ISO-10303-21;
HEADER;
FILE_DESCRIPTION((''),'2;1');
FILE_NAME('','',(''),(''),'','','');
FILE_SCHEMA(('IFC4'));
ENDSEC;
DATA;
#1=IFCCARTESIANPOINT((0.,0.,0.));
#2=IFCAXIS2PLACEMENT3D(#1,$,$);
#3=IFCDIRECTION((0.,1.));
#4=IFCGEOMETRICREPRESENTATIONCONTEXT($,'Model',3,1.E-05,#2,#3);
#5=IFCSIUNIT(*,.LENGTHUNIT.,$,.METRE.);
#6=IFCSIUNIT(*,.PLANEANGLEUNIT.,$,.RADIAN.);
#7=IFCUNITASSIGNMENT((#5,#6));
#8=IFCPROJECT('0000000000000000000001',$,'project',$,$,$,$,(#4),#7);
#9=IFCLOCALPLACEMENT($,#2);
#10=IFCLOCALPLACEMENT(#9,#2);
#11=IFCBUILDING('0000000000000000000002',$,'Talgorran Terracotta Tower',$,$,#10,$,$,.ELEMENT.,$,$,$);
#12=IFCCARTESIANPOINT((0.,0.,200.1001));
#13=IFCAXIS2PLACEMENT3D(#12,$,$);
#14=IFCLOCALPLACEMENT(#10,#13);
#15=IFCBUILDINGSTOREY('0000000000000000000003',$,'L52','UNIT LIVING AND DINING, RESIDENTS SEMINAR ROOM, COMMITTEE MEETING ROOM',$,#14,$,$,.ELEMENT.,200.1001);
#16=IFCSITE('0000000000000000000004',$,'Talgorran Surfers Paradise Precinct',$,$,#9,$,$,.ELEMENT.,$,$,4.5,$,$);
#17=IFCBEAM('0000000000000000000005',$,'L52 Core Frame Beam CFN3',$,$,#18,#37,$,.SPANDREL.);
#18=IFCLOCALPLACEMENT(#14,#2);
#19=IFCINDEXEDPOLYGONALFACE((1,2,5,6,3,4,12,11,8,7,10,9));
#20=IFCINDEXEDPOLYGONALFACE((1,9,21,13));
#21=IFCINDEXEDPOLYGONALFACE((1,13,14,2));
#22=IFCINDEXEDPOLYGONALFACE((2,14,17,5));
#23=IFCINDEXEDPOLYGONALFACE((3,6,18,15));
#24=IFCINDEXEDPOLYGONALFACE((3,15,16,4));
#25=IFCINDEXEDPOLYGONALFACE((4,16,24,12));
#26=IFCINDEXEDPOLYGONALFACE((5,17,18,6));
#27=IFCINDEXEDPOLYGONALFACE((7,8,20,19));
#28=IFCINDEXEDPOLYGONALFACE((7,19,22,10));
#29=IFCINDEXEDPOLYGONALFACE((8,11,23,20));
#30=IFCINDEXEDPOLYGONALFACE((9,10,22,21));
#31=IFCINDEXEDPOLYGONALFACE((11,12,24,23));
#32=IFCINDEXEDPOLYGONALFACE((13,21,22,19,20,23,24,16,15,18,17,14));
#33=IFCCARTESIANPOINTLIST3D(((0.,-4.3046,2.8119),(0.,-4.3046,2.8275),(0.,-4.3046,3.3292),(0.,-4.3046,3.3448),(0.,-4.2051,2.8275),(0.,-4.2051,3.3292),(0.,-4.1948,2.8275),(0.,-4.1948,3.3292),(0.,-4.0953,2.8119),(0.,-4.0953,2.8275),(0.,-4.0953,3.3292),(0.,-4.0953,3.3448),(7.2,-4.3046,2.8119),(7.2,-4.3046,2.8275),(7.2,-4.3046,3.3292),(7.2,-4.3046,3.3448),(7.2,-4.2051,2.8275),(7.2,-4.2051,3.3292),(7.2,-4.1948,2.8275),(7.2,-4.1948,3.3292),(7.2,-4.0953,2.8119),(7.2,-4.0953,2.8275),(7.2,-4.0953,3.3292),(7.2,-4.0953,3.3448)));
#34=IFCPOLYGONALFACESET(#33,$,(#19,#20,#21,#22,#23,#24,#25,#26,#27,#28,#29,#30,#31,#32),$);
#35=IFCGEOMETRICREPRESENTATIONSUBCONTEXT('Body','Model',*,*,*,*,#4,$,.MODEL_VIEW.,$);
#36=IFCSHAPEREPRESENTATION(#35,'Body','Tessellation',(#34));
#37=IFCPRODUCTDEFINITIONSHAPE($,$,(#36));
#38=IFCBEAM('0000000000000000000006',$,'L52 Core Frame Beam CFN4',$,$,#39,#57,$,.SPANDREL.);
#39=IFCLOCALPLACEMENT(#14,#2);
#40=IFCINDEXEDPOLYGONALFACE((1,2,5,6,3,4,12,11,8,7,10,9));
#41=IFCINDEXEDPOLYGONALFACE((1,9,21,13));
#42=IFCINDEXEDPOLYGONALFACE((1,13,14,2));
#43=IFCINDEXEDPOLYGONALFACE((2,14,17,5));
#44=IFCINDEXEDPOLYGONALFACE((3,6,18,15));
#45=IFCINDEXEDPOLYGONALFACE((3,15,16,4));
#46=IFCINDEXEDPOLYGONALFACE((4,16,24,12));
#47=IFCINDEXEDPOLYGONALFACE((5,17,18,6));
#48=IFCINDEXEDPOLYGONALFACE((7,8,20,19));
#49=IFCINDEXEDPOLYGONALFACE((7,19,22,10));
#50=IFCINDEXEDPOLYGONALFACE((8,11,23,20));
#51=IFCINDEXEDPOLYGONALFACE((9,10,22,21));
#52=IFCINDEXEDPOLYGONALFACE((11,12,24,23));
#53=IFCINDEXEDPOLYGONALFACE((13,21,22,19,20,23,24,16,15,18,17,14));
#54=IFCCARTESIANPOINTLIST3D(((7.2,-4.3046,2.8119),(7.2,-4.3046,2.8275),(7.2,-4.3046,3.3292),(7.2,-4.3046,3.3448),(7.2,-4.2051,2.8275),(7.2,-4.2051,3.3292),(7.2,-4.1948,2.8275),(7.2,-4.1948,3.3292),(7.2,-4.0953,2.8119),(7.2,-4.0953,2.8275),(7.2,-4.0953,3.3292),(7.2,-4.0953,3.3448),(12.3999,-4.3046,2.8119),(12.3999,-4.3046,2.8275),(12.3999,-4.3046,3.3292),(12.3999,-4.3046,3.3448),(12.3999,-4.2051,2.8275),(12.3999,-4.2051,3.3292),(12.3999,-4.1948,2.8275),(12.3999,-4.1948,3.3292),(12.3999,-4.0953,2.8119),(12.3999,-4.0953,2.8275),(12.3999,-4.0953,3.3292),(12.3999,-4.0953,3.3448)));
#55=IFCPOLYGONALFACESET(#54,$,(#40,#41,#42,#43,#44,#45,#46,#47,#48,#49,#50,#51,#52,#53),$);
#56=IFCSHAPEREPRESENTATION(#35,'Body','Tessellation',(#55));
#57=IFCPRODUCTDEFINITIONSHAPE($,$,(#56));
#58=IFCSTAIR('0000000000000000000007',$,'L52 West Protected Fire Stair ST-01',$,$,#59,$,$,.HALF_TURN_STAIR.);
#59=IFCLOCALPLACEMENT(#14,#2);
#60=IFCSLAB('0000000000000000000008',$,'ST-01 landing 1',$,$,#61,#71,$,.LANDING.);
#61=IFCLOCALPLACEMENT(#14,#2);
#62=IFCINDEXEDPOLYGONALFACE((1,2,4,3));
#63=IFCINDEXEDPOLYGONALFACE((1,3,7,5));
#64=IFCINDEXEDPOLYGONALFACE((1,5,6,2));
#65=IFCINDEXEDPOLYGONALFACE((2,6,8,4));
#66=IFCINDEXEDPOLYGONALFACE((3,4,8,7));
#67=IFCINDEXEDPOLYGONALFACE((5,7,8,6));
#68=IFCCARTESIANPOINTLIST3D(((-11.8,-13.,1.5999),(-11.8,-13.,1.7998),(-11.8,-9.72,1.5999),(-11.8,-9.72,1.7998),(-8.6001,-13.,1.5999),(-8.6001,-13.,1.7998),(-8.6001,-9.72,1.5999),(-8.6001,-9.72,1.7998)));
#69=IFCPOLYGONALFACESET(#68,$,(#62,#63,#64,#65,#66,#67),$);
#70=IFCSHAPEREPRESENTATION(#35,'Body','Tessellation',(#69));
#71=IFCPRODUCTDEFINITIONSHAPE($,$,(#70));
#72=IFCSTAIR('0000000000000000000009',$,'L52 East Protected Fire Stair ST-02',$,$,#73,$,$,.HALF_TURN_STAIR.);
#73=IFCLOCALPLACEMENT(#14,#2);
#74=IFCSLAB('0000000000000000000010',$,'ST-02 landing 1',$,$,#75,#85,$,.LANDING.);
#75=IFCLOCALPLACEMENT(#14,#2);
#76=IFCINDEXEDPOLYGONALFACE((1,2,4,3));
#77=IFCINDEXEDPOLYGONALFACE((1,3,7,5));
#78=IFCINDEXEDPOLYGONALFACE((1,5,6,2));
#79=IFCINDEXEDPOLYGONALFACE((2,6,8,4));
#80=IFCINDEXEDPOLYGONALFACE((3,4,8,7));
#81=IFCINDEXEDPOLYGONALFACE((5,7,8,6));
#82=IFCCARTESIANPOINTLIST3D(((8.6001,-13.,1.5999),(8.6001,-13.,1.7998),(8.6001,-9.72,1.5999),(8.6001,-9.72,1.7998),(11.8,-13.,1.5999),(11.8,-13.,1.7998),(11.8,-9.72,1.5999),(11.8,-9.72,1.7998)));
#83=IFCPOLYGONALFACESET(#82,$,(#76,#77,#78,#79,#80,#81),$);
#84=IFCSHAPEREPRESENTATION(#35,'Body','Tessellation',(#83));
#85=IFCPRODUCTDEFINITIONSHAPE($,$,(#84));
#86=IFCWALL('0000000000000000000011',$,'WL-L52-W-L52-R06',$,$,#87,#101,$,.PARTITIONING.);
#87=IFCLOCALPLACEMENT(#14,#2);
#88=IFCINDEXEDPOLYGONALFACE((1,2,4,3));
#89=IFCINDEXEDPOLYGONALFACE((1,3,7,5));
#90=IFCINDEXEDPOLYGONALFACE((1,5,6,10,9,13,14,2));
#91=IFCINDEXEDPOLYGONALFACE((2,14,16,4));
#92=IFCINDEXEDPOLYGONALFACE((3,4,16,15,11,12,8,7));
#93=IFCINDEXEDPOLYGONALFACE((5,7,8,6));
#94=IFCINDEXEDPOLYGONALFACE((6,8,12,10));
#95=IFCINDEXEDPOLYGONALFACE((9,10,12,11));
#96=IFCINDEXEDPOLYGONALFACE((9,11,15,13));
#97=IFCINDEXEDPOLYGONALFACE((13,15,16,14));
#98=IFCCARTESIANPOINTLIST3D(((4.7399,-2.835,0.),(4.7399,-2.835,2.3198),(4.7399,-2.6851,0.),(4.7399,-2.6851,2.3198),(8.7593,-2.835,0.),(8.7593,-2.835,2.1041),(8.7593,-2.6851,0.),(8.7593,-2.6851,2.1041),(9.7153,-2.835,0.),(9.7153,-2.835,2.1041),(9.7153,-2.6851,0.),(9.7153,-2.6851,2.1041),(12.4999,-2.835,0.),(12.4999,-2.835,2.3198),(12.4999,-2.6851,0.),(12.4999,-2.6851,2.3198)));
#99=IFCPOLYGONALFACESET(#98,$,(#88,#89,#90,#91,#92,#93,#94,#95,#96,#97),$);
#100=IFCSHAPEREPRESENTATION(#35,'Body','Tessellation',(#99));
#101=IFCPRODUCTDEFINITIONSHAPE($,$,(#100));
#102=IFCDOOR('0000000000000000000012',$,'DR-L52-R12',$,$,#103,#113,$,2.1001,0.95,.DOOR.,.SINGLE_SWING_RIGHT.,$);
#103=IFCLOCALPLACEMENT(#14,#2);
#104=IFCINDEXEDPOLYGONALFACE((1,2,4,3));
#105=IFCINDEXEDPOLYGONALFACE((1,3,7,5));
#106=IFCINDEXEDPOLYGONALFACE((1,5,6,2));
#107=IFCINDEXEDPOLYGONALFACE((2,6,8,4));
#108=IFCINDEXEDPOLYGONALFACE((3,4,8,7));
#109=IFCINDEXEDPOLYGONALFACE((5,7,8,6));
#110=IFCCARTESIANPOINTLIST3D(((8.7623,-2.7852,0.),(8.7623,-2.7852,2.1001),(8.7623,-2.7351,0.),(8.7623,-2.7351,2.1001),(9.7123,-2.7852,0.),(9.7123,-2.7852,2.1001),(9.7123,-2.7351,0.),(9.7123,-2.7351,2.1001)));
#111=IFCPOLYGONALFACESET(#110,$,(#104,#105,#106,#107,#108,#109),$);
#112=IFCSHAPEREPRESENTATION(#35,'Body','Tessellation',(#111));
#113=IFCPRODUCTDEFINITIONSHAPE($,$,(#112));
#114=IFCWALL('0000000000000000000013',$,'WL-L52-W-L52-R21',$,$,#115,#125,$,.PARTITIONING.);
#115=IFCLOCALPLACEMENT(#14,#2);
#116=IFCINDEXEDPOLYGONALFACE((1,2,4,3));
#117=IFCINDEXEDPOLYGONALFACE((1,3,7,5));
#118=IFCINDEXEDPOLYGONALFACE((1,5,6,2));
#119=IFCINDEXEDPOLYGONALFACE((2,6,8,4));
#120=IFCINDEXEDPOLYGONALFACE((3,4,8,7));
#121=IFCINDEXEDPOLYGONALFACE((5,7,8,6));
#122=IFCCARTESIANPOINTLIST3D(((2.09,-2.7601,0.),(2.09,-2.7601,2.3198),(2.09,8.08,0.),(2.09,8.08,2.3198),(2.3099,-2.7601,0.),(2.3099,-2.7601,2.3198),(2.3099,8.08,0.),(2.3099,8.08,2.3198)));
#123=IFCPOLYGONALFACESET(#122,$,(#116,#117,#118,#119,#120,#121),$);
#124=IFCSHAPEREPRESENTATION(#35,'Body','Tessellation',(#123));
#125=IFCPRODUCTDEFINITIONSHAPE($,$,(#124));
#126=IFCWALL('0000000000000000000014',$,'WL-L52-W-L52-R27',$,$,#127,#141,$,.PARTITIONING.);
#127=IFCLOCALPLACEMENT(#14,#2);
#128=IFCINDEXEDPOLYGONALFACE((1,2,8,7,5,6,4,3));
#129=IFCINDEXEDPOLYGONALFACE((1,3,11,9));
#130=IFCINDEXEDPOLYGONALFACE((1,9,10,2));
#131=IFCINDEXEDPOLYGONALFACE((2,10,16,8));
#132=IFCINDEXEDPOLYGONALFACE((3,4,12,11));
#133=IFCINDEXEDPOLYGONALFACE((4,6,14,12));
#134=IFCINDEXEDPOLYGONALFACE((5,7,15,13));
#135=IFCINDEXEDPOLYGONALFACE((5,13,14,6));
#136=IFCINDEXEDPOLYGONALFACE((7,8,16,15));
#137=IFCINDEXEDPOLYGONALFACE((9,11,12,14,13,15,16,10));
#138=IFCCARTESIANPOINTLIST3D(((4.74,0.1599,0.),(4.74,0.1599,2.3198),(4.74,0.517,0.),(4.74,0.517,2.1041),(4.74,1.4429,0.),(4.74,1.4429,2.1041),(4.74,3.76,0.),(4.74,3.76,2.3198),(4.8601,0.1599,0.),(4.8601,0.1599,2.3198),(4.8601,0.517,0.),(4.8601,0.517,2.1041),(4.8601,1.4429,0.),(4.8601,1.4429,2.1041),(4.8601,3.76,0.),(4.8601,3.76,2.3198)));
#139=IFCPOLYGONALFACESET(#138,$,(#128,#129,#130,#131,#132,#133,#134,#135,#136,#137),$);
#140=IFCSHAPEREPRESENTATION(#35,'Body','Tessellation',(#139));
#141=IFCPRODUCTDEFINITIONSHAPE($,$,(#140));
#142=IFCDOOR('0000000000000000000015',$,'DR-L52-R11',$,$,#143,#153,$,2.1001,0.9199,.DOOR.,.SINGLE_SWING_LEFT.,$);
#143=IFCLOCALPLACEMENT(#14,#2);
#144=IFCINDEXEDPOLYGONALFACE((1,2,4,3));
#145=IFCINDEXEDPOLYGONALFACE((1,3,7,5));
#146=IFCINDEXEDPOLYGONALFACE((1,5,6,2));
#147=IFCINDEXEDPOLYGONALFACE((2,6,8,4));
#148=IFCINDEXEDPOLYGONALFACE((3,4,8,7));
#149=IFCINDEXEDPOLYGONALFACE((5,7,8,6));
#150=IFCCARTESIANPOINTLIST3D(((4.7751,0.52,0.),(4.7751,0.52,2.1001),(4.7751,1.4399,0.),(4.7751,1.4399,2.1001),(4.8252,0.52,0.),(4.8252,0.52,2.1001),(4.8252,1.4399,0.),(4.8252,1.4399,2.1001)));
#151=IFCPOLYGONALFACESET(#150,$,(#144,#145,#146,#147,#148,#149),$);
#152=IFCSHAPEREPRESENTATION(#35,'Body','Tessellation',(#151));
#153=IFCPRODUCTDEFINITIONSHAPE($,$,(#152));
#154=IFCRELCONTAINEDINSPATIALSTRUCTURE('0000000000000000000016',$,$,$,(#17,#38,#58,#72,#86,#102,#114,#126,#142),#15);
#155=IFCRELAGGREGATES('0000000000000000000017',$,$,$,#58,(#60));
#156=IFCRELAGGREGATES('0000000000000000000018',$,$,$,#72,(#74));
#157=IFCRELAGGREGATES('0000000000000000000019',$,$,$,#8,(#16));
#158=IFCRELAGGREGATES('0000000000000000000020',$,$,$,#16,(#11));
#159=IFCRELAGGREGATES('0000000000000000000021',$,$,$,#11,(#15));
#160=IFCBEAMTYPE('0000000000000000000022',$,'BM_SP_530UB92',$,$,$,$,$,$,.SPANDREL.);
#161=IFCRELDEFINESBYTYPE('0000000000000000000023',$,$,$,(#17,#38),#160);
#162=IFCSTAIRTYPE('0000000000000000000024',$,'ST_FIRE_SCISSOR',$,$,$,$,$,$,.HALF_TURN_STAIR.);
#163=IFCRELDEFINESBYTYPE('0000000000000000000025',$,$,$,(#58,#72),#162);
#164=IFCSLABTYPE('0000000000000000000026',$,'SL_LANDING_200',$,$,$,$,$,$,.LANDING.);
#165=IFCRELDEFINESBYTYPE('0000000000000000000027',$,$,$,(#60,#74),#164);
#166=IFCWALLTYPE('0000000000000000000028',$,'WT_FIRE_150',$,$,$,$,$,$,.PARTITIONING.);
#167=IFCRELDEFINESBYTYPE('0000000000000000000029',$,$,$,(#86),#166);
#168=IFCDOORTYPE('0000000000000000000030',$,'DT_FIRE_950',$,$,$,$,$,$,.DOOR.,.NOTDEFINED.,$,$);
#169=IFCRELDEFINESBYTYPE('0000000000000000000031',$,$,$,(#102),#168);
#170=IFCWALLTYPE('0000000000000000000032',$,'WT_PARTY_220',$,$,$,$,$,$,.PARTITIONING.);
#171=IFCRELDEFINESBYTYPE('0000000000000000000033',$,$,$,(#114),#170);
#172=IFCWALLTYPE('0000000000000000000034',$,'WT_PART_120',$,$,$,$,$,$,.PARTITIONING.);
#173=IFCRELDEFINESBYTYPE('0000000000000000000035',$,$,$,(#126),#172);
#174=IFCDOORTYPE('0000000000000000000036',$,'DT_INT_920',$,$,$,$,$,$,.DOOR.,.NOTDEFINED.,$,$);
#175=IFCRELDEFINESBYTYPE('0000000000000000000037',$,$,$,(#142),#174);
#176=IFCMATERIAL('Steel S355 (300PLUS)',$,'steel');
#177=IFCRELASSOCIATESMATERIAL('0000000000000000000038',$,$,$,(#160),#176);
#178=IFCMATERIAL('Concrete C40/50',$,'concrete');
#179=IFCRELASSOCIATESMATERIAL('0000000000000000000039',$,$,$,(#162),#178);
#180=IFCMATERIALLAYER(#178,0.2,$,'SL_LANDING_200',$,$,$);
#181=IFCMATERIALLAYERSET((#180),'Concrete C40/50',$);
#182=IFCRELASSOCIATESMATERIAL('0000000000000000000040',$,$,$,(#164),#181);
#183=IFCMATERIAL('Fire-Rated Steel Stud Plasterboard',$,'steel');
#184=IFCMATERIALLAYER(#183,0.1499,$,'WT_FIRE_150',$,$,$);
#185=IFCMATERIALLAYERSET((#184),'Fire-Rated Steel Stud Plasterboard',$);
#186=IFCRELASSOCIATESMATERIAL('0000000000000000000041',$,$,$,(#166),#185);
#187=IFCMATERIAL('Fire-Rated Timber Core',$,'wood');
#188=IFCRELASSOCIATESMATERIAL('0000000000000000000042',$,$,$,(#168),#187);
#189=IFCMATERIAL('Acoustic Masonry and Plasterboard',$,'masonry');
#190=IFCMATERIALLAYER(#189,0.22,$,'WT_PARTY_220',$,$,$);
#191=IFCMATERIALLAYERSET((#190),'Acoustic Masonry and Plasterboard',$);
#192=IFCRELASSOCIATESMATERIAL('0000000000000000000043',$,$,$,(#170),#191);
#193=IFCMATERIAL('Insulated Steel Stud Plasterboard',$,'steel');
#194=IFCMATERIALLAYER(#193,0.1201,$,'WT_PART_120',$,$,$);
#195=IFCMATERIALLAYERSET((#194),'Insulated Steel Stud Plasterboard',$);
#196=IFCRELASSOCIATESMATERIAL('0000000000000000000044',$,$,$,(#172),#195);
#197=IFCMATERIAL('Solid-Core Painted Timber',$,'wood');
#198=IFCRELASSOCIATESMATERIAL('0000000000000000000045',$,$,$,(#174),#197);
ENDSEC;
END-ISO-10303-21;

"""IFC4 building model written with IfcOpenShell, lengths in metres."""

from ifc_helpers import new_model, si_unit, direction, frame, frame_2d, origin, origin_2d, place, context, subcontext, project, spatial, polyline, rectangle, i_section, outline, extrude, material, layer, layer_set, material_profile, profile_set, type_object, element, fill, aggregate, save


model = new_model("IFC4")

# Units and contexts
model_context = context("Model", 3, precision=1e-05, world=origin(), true_north=direction((0.0, 1.0)))
body_context = subcontext(model_context, "Body", "Model", "MODEL_VIEW")
ifc_project = project(units=[si_unit("LENGTHUNIT", "METRE"), si_unit("PLANEANGLEUNIT", "RADIAN")], contexts=[model_context])

# Site, building, storey
site_placement = place(None, origin())
site = spatial("IfcSite", under=ifc_project, at=site_placement, Name="Talgorran Surfers Paradise Precinct", CompositionType="ELEMENT", RefElevation=4.5)
building_placement = place(site_placement, origin())
building = spatial("IfcBuilding", under=site, at=building_placement, Name="Talgorran Terracotta Tower", CompositionType="ELEMENT")
storey_placement = place(building_placement, frame((0.0, 0.0, 200.1001)))
storey = spatial("IfcBuildingStorey", under=building, at=storey_placement, Name="L52", Description="UNIT LIVING AND DINING, RESIDENTS SEMINAR ROOM, COMMITTEE MEETING ROOM", CompositionType="ELEMENT", Elevation=200.1001)

# Shared definitions
ifc_material_1 = material(Name="Steel S355 (300PLUS)", Category="steel")

# Beams
ifc_material_profile_1 = material_profile(ifc_material_1, i_section(OverallWidth=0.2092, OverallDepth=0.533, WebThickness=0.0103, FlangeThickness=0.0156, at=origin_2d()), Name="530UB92.4")
ifc_profile_set_1 = profile_set([ifc_material_profile_1], Name="Steel S355 (300PLUS)")
beam_type_1 = type_object("IfcBeamType", Name="BM_SP_530UB92", PredefinedType="SPANDREL", material=ifc_profile_set_1)
beam_1_placement = place(storey_placement, frame((0.0, -4.2, 3.0784), z_axis=(1.0, 0.0, 0.0), x_axis=(0.0, 1.0, 0.0)))
element("IfcBeam", 1, at=beam_1_placement, inside=storey, type_object=beam_type_1, Name="L52 Core Frame Beam CFN3", PredefinedType="SPANDREL", context=body_context, shape_type="SweptSolid", body=[
    extrude(i_section(OverallWidth=0.2092, OverallDepth=0.533, WebThickness=0.0103, FlangeThickness=0.0156, at=origin_2d()), origin(), (0.0, 0.0, 1.0), 7.2),
])
beam_2_placement = place(storey_placement, frame((7.2, -4.2, 3.0784), z_axis=(1.0, 0.0, 0.0), x_axis=(0.0, 1.0, 0.0)))
element("IfcBeam", 2, at=beam_2_placement, inside=storey, type_object=beam_type_1, Name="L52 Core Frame Beam CFN4", PredefinedType="SPANDREL", context=body_context, shape_type="SweptSolid", body=[
    extrude(i_section(OverallWidth=0.2092, OverallDepth=0.533, WebThickness=0.0103, FlangeThickness=0.0156, at=origin_2d()), origin(), (0.0, 0.0, 1.0), 5.2),
])

# Stairs, slabs
ifc_material_2 = material(Name="Concrete C40/50", Category="concrete")
stair_type = type_object("IfcStairType", Name="ST_FIRE_SCISSOR", PredefinedType="HALF_TURN_STAIR", material=ifc_material_2)
stair_1_placement = place(storey_placement, origin())
stair_1 = element("IfcStair", 3, at=stair_1_placement, inside=storey, type_object=stair_type, Name="L52 West Protected Fire Stair ST-01", PredefinedType="HALF_TURN_STAIR")
ifc_layer_1 = layer(ifc_material_2, 0.2, Name="SL_LANDING_200")
ifc_layer_set_1 = layer_set([ifc_layer_1], Name="Concrete C40/50")
slab_type = type_object("IfcSlabType", Name="SL_LANDING_200", PredefinedType="LANDING", material=ifc_layer_set_1)
slab_1_placement = place(storey_placement, frame((0.0, 0.0, 1.5999)))
slab_1 = element("IfcSlab", 4, at=slab_1_placement, type_object=slab_type, Name="ST-01 landing 1", PredefinedType="LANDING", context=body_context, shape_type="SweptSolid", body=[
    extrude(outline(polyline([(-11.8, -9.72), (-11.8, -13.0), (-8.6001, -13.0), (-8.6001, -9.72), (-11.8, -9.72)])), origin(), (0.0, 0.0, 1.0), 0.2),
])
aggregate(stair_1, [slab_1])
stair_2_placement = place(storey_placement, origin())
stair_2 = element("IfcStair", 5, at=stair_2_placement, inside=storey, type_object=stair_type, Name="L52 East Protected Fire Stair ST-02", PredefinedType="HALF_TURN_STAIR")
slab_2_placement = place(storey_placement, frame((0.0, 0.0, 1.5999)))
slab_2 = element("IfcSlab", 6, at=slab_2_placement, type_object=slab_type, Name="ST-02 landing 1", PredefinedType="LANDING", context=body_context, shape_type="SweptSolid", body=[
    extrude(outline(polyline([(8.6001, -9.72), (8.6001, -13.0), (11.8, -13.0), (11.8, -9.72), (8.6001, -9.72)])), origin(), (0.0, 0.0, 1.0), 0.2),
])
aggregate(stair_2, [slab_2])

# Wall, opening, door
ifc_material_3 = material(Name="Fire-Rated Steel Stud Plasterboard", Category="steel")
ifc_layer_2 = layer(ifc_material_3, 0.1499, Name="WT_FIRE_150")
ifc_layer_set_2 = layer_set([ifc_layer_2], Name="Fire-Rated Steel Stud Plasterboard")
wall_type_1 = type_object("IfcWallType", Name="WT_FIRE_150", PredefinedType="PARTITIONING", material=ifc_layer_set_2)
wall_1_placement = place(storey_placement, frame((4.74, -2.76, 0.0), z_axis=(0.0, 0.0, 1.0), x_axis=(1.0, 0.0, 0.0)))
wall_1 = element("IfcWall", 7, at=wall_1_placement, inside=storey, type_object=wall_type_1, Name="WL-L52-W-L52-R06", PredefinedType="PARTITIONING", context=body_context, shape_type="SweptSolid", body=[
    extrude(rectangle(XDim=7.76, YDim=0.1499, at=frame_2d((3.8799, 0.0))), origin(), (0.0, 0.0, 1.0), 2.3198),
])
opening_1_placement = place(wall_1_placement, frame((4.0222, 0.0, 0.0)))
opening_1 = element("IfcOpeningElement", 8, at=opening_1_placement, cuts=wall_1, PredefinedType="OPENING", context=body_context, shape_type="SweptSolid", body=[
    extrude(rectangle(XDim=0.956, YDim=2.1041, at=frame_2d((0.4751, 1.052))), frame((0.0, 0.085, 0.0), z_axis=(0.0, -1.0, 0.0), x_axis=(1.0, 0.0, 0.0)), (0.0, 0.0, 1.0), 0.1699),
])
ifc_material_4 = material(Name="Fire-Rated Timber Core", Category="wood")
door_type_1 = type_object("IfcDoorType", Name="DT_FIRE_950", OperationType="NOTDEFINED", PredefinedType="DOOR", material=ifc_material_4)
door_1_placement = place(opening_1_placement, origin())
door_1 = element("IfcDoor", 9, at=door_1_placement, inside=storey, type_object=door_type_1, Name="DR-L52-R12", OperationType="SINGLE_SWING_RIGHT", OverallHeight=2.1001, OverallWidth=0.95, PredefinedType="DOOR", context=body_context, shape_type="SweptSolid", body=[
    extrude(rectangle(XDim=0.95, YDim=2.1001, at=frame_2d((0.4751, 1.05))), frame((0.0, 0.0249, 0.0), z_axis=(0.0, -1.0, 0.0), x_axis=(1.0, 0.0, 0.0)), (0.0, 0.0, 1.0), 0.05),
])
fill(opening_1, door_1)

# Wall
ifc_material_5 = material(Name="Acoustic Masonry and Plasterboard", Category="masonry")
ifc_layer_3 = layer(ifc_material_5, 0.22, Name="WT_PARTY_220")
ifc_layer_set_3 = layer_set([ifc_layer_3], Name="Acoustic Masonry and Plasterboard")
wall_type_2 = type_object("IfcWallType", Name="WT_PARTY_220", PredefinedType="PARTITIONING", material=ifc_layer_set_3)
wall_2_placement = place(storey_placement, frame((2.2, -2.76, 0.0), z_axis=(0.0, 0.0, 1.0), x_axis=(0.0, 1.0, 0.0)))
element("IfcWall", 10, at=wall_2_placement, inside=storey, type_object=wall_type_2, Name="WL-L52-W-L52-R21", PredefinedType="PARTITIONING", context=body_context, shape_type="SweptSolid", body=[
    extrude(rectangle(XDim=10.8401, YDim=0.22, at=frame_2d((5.4199, 0.0))), origin(), (0.0, 0.0, 1.0), 2.3198),
])

# Wall, opening, door
ifc_material_6 = material(Name="Insulated Steel Stud Plasterboard", Category="steel")
ifc_layer_4 = layer(ifc_material_6, 0.1201, Name="WT_PART_120")
ifc_layer_set_4 = layer_set([ifc_layer_4], Name="Insulated Steel Stud Plasterboard")
wall_type_3 = type_object("IfcWallType", Name="WT_PART_120", PredefinedType="PARTITIONING", material=ifc_layer_set_4)
wall_3_placement = place(storey_placement, frame((4.8, 0.1599, 0.0), z_axis=(0.0, 0.0, 1.0), x_axis=(0.0, 1.0, 0.0)))
wall_3 = element("IfcWall", 11, at=wall_3_placement, inside=storey, type_object=wall_type_3, Name="WL-L52-W-L52-R27", PredefinedType="PARTITIONING", context=body_context, shape_type="SweptSolid", body=[
    extrude(rectangle(XDim=3.6001, YDim=0.1201, at=frame_2d((1.8, 0.0))), origin(), (0.0, 0.0, 1.0), 2.3198),
])
opening_2_placement = place(wall_3_placement, frame((0.3601, 0.0, 0.0)))
opening_2 = element("IfcOpeningElement", 12, at=opening_2_placement, cuts=wall_3, PredefinedType="OPENING", context=body_context, shape_type="SweptSolid", body=[
    extrude(rectangle(XDim=0.9259, YDim=2.1041, at=frame_2d((0.46, 1.052))), frame((0.0, 0.0701, 0.0), z_axis=(0.0, -1.0, 0.0), x_axis=(1.0, 0.0, 0.0)), (0.0, 0.0, 1.0), 0.1401),
])
ifc_material_7 = material(Name="Solid-Core Painted Timber", Category="wood")
door_type_2 = type_object("IfcDoorType", Name="DT_INT_920", OperationType="NOTDEFINED", PredefinedType="DOOR", material=ifc_material_7)
door_2_placement = place(opening_2_placement, origin())
door_2 = element("IfcDoor", 13, at=door_2_placement, inside=storey, type_object=door_type_2, Name="DR-L52-R11", OperationType="SINGLE_SWING_LEFT", OverallHeight=2.1001, OverallWidth=0.9199, PredefinedType="DOOR", context=body_context, shape_type="SweptSolid", body=[
    extrude(rectangle(XDim=0.9199, YDim=2.1001, at=frame_2d((0.46, 1.05))), frame((0.0, 0.0249, 0.0), z_axis=(0.0, -1.0, 0.0), x_axis=(1.0, 0.0, 0.0)), (0.0, 0.0, 1.0), 0.05),
])
fill(opening_2, door_2)

save(model, "model.ifc")
